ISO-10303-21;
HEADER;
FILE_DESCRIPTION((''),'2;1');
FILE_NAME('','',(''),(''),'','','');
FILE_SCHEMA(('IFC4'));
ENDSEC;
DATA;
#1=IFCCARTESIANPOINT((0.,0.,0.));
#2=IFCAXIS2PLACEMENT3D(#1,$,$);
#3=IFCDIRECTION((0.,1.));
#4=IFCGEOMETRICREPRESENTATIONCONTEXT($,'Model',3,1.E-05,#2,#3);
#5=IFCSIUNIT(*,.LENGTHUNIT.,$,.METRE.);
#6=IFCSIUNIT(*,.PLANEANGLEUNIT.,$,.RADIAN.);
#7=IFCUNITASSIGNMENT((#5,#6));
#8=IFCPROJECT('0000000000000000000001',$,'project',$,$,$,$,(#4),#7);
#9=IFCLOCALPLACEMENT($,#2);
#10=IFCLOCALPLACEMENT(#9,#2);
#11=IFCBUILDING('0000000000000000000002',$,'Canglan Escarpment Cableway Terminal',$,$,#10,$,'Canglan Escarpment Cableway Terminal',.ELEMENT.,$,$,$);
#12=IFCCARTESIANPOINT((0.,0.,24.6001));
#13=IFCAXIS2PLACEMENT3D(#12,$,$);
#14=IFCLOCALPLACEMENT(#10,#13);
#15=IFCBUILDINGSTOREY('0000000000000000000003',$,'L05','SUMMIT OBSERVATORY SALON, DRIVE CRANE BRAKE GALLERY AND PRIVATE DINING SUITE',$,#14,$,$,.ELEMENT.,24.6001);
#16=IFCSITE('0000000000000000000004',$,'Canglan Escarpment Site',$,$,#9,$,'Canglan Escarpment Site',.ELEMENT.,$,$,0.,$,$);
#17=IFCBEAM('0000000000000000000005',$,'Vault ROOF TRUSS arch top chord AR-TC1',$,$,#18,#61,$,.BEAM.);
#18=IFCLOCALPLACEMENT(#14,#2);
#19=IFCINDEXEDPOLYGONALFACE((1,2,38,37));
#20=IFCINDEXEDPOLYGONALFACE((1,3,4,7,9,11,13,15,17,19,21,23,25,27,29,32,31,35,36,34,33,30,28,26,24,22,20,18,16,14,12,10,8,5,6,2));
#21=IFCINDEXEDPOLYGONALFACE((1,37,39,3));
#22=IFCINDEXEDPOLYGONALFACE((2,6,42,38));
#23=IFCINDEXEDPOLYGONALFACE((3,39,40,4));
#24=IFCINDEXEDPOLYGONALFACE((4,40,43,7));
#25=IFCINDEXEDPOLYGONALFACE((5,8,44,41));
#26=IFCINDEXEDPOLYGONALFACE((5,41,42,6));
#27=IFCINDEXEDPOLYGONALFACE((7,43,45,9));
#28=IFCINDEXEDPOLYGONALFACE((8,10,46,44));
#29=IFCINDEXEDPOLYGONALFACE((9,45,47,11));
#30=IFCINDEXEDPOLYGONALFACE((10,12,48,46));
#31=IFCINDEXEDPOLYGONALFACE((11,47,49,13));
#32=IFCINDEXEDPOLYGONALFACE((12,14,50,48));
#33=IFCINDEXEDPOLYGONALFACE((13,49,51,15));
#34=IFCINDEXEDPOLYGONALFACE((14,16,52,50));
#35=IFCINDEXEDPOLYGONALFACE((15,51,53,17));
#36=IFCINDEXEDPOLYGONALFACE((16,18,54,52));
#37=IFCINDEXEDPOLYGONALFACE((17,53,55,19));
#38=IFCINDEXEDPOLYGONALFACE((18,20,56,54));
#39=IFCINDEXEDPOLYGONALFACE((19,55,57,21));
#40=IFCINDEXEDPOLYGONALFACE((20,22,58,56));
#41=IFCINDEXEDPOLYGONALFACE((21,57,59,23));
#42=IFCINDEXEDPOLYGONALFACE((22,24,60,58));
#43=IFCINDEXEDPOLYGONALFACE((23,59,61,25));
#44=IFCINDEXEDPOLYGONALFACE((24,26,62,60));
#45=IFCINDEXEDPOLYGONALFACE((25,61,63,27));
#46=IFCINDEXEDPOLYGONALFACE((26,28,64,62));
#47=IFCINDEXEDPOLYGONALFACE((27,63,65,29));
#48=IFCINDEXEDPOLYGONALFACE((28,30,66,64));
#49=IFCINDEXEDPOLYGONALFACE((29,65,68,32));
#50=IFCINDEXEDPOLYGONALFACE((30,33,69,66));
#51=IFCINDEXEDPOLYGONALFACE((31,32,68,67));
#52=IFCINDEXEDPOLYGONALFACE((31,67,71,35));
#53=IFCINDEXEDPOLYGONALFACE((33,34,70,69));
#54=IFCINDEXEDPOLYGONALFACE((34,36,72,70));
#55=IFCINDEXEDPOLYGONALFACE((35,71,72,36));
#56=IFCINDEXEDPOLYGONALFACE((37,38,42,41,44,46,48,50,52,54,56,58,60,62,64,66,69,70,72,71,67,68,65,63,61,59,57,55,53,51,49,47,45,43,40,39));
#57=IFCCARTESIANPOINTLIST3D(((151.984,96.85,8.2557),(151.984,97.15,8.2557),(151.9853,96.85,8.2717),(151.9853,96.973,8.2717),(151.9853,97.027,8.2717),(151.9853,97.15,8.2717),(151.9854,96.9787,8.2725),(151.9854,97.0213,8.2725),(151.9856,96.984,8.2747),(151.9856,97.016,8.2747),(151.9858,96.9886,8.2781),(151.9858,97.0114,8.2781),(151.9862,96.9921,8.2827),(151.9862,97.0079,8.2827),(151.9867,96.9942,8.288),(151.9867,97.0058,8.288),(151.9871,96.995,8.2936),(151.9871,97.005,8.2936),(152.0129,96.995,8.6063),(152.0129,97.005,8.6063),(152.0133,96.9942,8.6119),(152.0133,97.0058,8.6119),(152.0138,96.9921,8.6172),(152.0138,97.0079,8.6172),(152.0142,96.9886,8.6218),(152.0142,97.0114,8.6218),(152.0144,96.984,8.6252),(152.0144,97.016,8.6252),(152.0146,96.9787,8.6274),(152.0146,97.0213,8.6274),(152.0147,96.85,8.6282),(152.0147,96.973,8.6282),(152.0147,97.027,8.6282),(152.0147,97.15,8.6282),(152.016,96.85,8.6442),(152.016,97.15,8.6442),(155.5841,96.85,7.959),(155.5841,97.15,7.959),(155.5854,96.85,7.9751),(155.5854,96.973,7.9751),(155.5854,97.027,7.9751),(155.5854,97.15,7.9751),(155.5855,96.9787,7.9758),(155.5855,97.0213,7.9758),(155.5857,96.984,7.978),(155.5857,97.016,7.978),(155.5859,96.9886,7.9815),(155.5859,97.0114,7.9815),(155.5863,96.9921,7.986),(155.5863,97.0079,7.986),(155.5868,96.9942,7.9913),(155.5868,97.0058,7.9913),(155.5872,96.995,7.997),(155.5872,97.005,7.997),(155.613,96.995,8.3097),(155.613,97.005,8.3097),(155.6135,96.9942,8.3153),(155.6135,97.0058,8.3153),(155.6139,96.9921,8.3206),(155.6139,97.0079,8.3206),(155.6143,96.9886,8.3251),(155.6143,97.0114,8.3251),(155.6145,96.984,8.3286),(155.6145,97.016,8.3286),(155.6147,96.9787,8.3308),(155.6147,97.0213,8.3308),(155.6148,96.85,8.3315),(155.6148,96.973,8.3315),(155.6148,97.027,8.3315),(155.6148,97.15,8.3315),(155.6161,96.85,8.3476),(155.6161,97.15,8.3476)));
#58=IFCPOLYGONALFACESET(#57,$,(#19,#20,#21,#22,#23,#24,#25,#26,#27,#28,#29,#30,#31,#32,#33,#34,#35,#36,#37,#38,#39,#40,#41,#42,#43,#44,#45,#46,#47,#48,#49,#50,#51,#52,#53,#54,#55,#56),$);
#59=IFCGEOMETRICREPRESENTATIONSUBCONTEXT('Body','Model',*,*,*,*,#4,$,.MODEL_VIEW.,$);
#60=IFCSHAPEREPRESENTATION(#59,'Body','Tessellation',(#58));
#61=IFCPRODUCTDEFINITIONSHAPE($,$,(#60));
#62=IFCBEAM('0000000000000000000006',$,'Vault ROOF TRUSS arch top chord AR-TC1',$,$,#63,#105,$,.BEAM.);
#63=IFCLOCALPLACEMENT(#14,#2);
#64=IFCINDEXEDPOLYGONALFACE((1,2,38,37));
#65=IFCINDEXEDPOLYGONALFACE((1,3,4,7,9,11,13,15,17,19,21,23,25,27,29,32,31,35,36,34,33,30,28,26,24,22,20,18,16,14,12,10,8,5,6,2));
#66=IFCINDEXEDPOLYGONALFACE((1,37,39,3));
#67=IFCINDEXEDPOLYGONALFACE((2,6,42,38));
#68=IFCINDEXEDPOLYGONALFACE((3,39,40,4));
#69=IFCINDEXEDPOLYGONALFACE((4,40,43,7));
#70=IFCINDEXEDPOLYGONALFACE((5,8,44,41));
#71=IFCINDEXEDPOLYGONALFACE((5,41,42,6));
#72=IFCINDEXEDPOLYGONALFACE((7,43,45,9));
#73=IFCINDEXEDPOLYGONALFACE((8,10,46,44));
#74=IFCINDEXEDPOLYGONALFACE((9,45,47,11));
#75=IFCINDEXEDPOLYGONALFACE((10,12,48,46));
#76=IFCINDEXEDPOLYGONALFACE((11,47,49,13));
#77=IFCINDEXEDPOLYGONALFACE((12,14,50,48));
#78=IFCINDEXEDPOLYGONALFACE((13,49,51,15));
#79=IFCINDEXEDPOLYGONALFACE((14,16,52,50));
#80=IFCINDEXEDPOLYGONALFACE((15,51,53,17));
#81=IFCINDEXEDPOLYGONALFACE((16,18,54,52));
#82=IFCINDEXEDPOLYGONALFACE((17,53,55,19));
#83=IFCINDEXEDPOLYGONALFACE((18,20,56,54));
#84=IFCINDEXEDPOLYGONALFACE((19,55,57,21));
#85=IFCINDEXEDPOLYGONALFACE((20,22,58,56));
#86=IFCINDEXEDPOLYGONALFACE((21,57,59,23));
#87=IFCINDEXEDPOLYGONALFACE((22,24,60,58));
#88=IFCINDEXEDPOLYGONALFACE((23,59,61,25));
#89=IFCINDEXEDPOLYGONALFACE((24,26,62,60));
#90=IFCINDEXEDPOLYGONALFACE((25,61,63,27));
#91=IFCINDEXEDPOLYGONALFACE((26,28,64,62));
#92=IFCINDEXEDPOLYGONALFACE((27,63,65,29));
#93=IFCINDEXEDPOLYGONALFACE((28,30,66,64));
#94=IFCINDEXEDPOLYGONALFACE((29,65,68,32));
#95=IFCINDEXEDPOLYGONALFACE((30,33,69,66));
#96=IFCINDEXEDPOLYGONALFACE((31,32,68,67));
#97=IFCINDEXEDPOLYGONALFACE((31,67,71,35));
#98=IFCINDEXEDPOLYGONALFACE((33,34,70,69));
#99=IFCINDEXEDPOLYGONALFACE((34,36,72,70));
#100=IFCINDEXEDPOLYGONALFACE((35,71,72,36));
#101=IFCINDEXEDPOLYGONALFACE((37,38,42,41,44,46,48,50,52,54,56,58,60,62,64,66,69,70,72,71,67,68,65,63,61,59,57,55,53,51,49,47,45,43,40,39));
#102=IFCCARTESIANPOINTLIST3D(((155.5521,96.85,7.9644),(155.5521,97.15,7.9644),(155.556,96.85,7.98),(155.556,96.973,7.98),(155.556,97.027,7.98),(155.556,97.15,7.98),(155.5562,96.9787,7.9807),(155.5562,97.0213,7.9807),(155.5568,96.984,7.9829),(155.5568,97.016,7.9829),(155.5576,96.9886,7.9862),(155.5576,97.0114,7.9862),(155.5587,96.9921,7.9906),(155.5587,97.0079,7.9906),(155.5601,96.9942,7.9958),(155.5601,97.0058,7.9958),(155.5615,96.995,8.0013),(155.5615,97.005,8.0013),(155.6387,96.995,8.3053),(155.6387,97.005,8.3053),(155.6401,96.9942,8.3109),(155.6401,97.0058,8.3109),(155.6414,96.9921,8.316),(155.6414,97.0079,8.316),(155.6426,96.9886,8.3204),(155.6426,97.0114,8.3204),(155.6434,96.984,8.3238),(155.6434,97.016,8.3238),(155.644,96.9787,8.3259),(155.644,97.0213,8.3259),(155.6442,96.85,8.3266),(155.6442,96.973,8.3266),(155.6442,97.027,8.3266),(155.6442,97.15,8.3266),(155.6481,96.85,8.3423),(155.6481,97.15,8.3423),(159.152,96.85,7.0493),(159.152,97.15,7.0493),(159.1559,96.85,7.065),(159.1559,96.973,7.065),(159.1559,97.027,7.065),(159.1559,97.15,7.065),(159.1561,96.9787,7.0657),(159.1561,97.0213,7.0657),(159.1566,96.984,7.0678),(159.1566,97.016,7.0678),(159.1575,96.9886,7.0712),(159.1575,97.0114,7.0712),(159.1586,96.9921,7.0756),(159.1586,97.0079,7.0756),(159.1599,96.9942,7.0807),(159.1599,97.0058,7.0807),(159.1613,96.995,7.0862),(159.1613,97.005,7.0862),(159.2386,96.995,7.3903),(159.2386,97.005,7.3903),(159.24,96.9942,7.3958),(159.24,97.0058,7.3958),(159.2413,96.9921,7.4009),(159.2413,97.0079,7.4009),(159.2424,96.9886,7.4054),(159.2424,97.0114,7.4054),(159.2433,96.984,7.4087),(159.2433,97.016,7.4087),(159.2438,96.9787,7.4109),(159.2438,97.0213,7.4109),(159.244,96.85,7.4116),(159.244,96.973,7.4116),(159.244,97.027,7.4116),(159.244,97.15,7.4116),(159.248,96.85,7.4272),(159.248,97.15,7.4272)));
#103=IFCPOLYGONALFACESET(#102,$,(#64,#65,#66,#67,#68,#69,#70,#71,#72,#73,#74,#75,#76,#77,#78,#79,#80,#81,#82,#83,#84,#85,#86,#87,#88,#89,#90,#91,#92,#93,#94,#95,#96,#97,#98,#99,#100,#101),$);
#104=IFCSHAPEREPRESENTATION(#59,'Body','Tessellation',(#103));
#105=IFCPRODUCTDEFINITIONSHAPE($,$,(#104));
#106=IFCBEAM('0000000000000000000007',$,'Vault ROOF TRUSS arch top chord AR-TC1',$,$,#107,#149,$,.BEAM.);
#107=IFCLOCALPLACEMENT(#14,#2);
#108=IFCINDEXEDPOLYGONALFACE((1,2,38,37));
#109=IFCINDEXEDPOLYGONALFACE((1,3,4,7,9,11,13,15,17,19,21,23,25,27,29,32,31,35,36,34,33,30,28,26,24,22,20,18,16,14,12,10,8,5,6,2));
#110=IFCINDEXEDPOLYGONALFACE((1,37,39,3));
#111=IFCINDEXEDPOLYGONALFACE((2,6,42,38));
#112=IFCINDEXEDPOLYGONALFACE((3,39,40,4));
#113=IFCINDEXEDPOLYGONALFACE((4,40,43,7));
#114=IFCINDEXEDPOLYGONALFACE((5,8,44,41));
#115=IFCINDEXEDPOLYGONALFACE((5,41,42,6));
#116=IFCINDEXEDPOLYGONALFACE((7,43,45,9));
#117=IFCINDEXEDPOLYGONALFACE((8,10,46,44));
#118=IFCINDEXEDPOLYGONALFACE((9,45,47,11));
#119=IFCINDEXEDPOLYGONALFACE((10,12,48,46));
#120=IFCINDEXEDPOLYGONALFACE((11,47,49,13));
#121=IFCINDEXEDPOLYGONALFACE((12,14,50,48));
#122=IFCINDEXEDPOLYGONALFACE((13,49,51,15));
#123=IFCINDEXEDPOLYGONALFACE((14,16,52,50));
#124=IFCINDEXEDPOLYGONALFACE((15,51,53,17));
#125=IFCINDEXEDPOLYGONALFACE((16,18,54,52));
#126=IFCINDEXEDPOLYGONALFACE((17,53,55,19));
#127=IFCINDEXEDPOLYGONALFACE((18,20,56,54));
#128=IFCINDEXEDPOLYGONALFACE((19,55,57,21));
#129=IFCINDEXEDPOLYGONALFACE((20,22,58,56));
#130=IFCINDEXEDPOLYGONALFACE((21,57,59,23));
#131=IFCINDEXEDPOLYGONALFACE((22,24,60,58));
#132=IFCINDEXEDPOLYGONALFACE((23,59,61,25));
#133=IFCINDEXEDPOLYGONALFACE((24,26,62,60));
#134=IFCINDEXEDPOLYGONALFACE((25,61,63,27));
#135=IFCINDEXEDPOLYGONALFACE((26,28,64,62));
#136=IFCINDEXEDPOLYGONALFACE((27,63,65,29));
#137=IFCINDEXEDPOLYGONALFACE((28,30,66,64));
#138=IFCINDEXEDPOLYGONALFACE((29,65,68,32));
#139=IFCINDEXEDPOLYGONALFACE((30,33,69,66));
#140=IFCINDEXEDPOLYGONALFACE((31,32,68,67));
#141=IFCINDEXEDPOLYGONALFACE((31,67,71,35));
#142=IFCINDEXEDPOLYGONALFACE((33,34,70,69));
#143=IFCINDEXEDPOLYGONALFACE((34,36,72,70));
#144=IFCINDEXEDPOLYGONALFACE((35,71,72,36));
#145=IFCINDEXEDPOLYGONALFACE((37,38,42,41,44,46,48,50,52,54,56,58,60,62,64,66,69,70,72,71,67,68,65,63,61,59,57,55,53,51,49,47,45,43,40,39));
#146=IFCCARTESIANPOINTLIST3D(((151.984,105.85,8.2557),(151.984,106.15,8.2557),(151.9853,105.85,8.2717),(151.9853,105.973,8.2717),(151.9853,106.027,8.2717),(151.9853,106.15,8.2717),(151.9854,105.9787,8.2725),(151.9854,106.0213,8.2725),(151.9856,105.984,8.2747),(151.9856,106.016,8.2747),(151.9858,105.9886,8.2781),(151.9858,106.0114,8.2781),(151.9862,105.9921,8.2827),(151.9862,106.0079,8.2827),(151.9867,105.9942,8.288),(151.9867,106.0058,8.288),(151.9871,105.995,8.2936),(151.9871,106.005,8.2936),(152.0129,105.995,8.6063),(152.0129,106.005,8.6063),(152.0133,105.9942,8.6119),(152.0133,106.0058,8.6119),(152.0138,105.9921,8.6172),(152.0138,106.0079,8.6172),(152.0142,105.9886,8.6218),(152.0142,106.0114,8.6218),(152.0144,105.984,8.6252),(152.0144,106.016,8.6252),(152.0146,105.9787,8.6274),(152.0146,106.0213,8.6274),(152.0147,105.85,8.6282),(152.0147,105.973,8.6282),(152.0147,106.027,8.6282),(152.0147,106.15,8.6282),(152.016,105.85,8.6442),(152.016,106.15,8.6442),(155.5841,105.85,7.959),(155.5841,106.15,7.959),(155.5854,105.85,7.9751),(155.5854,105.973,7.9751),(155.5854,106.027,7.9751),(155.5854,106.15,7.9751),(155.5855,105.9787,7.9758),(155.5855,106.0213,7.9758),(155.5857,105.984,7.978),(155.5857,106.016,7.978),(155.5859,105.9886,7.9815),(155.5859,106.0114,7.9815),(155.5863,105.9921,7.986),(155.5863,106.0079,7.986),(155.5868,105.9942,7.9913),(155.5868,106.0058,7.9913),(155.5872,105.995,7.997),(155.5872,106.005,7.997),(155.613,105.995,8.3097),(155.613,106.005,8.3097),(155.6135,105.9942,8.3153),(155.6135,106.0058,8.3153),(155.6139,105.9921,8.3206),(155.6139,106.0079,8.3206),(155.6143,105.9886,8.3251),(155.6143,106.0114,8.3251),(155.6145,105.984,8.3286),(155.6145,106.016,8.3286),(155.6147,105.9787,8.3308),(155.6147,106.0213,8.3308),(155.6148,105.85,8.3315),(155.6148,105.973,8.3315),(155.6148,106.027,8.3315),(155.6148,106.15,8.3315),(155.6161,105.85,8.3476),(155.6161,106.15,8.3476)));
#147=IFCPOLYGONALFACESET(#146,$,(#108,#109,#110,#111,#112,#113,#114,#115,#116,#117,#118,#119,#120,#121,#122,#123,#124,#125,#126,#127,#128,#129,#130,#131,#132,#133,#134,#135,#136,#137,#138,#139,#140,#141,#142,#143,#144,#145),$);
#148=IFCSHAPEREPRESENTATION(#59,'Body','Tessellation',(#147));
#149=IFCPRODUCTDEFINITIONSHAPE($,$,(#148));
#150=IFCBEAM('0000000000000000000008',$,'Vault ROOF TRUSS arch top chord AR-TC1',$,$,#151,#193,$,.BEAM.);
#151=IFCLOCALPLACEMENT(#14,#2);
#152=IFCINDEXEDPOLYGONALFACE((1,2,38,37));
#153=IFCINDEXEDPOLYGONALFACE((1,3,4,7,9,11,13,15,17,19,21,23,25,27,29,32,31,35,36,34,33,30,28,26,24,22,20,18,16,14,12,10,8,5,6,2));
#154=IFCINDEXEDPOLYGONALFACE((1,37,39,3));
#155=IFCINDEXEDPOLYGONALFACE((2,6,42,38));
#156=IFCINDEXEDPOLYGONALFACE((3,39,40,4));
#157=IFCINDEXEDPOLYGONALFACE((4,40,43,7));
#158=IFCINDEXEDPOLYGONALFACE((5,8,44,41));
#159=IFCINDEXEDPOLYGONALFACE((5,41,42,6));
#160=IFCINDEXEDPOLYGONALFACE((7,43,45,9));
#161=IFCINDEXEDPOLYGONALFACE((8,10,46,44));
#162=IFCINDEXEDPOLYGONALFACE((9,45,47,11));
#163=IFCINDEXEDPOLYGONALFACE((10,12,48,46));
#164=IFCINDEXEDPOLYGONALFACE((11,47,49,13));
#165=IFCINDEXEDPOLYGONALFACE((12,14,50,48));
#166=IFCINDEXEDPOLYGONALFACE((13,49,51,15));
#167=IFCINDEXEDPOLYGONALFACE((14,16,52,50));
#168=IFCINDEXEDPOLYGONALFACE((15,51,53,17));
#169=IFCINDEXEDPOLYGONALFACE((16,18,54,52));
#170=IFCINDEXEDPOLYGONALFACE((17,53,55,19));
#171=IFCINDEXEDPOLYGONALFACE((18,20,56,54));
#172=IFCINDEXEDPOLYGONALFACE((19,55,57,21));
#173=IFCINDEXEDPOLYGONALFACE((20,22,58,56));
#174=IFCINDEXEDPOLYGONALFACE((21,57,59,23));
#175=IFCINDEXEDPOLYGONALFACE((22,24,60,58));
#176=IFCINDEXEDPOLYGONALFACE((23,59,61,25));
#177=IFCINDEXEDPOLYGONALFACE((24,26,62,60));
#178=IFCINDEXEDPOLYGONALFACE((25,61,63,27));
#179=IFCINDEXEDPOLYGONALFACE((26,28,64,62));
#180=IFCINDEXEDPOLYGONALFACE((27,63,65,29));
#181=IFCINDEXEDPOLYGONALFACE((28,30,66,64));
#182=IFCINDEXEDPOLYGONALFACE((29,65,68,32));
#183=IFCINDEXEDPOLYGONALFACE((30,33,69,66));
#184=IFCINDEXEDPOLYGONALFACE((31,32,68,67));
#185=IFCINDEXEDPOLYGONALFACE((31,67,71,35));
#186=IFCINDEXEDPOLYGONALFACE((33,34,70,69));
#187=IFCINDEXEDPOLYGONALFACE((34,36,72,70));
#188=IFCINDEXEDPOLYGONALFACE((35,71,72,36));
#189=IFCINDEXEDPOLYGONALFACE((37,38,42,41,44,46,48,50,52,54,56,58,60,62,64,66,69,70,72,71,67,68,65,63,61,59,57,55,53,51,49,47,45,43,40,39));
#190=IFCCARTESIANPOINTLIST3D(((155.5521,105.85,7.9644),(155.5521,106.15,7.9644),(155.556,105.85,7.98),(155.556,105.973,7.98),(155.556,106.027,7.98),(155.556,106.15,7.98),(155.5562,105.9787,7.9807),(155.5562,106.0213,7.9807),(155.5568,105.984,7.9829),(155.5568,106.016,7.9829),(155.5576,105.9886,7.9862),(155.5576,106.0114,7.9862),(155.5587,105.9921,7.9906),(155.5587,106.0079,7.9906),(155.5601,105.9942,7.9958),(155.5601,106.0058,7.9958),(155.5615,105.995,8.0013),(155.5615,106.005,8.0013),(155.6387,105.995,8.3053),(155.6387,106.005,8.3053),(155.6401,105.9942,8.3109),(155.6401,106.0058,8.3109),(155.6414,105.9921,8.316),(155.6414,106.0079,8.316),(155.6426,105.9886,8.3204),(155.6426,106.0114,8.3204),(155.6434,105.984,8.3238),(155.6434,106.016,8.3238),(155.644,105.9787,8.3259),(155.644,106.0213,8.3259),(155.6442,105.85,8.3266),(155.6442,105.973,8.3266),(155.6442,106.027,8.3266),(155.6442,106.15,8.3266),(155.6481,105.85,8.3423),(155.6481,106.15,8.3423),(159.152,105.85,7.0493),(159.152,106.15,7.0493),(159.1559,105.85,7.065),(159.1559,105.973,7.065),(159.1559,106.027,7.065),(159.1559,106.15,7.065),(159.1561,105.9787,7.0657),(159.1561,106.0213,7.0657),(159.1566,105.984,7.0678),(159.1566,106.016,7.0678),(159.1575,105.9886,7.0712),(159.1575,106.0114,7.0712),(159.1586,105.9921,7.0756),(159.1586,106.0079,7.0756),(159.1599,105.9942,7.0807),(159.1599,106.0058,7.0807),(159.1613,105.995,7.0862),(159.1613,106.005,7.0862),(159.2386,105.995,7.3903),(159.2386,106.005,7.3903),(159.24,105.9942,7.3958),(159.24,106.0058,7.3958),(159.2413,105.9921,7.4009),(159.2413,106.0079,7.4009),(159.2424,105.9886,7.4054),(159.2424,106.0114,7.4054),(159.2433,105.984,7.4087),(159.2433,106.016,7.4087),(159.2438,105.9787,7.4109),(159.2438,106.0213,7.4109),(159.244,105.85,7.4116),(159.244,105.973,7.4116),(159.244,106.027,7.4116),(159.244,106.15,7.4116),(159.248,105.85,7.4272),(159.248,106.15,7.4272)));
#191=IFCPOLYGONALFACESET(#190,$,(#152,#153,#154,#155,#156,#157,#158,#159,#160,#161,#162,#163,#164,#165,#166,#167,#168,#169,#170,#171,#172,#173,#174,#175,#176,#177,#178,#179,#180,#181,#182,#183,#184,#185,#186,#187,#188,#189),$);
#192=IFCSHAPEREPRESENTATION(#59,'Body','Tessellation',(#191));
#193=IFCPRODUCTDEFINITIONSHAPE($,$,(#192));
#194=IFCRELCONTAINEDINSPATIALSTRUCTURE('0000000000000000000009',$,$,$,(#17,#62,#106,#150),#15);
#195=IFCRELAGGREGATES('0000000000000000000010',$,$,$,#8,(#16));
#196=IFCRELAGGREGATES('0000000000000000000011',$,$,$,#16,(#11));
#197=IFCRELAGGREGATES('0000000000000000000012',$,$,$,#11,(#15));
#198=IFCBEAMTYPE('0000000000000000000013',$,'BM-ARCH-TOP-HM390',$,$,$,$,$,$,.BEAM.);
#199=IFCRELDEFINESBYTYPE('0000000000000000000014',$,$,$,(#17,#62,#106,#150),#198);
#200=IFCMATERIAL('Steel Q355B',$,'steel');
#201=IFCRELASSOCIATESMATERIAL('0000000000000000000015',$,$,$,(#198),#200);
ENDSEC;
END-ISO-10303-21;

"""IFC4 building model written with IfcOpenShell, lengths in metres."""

from ifc_helpers import new_model, si_unit, direction, frame, origin, origin_2d, place, context, subcontext, project, spatial, i_section, extrude, material, material_profile, profile_set, type_object, element, save


model = new_model("IFC4")

# Units and contexts
model_context = context("Model", 3, precision=1e-05, world=origin(), true_north=direction((0.0, 1.0)))
body_context = subcontext(model_context, "Body", "Model", "MODEL_VIEW")
ifc_project = project(units=[si_unit("LENGTHUNIT", "METRE"), si_unit("PLANEANGLEUNIT", "RADIAN")], contexts=[model_context])

# Site, building, storey
site_placement = place(None, origin())
site = spatial("IfcSite", under=ifc_project, at=site_placement, Name="Canglan Escarpment Site", LongName="Canglan Escarpment Site", CompositionType="ELEMENT", RefElevation=0.0)
building_placement = place(site_placement, origin())
building = spatial("IfcBuilding", under=site, at=building_placement, Name="Canglan Escarpment Cableway Terminal", LongName="Canglan Escarpment Cableway Terminal", CompositionType="ELEMENT")
storey_placement = place(building_placement, frame((0.0, 0.0, 24.6001)))
storey = spatial("IfcBuildingStorey", under=building, at=storey_placement, Name="L05", Description="SUMMIT OBSERVATORY SALON, DRIVE CRANE BRAKE GALLERY AND PRIVATE DINING SUITE", CompositionType="ELEMENT", Elevation=24.6001)

# Beams
ifc_material = material(Name="Steel Q355B", Category="steel")
ifc_material_profile_1 = material_profile(ifc_material, i_section(OverallWidth=0.3, OverallDepth=0.3899, WebThickness=0.01, FlangeThickness=0.0161, FilletRadius=0.022, at=origin_2d()), Name="HM 390x300x10x16")
ifc_profile_set_1 = profile_set([ifc_material_profile_1], Name="Steel Q355B")
beam_type = type_object("IfcBeamType", Name="BM-ARCH-TOP-HM390", PredefinedType="BEAM", material=ifc_profile_set_1)
beam_1_placement = place(storey_placement, frame((152.0, 97.0, 8.45), z_axis=(0.996623, 0.0, -0.082117), x_axis=(0.0, 1.0, 0.0)))
element("IfcBeam", 1, at=beam_1_placement, inside=storey, type_object=beam_type, Name="Vault ROOF TRUSS arch top chord AR-TC1", PredefinedType="BEAM", context=body_context, shape_type="SweptSolid", body=[
    extrude(i_section(OverallWidth=0.3, OverallDepth=0.3899, WebThickness=0.01, FlangeThickness=0.0161, FilletRadius=0.022, at=origin_2d()), origin(), (0.0, 0.0, 1.0), 3.6123),
])
beam_2_placement = place(storey_placement, frame((155.6001, 97.0, 8.1533), z_axis=(0.96918, 0.0, -0.246354), x_axis=(0.0, 1.0, 0.0)))
element("IfcBeam", 2, at=beam_2_placement, inside=storey, type_object=beam_type, Name="Vault ROOF TRUSS arch top chord AR-TC1", PredefinedType="BEAM", context=body_context, shape_type="SweptSolid", body=[
    extrude(i_section(OverallWidth=0.3, OverallDepth=0.3899, WebThickness=0.01, FlangeThickness=0.0161, FilletRadius=0.022, at=origin_2d()), origin(), (0.0, 0.0, 1.0), 3.7144),
])
beam_3_placement = place(storey_placement, frame((152.0, 106.0, 8.45), z_axis=(0.996623, 0.0, -0.082117), x_axis=(0.0, 1.0, 0.0)))
element("IfcBeam", 3, at=beam_3_placement, inside=storey, type_object=beam_type, Name="Vault ROOF TRUSS arch top chord AR-TC1", PredefinedType="BEAM", context=body_context, shape_type="SweptSolid", body=[
    extrude(i_section(OverallWidth=0.3, OverallDepth=0.3899, WebThickness=0.01, FlangeThickness=0.0161, FilletRadius=0.022, at=origin_2d()), origin(), (0.0, 0.0, 1.0), 3.6123),
])
beam_4_placement = place(storey_placement, frame((155.6001, 106.0, 8.1533), z_axis=(0.96918, 0.0, -0.246354), x_axis=(0.0, 1.0, 0.0)))
element("IfcBeam", 4, at=beam_4_placement, inside=storey, type_object=beam_type, Name="Vault ROOF TRUSS arch top chord AR-TC1", PredefinedType="BEAM", context=body_context, shape_type="SweptSolid", body=[
    extrude(i_section(OverallWidth=0.3, OverallDepth=0.3899, WebThickness=0.01, FlangeThickness=0.0161, FilletRadius=0.022, at=origin_2d()), origin(), (0.0, 0.0, 1.0), 3.7144),
])

save(model, "model.ifc")
